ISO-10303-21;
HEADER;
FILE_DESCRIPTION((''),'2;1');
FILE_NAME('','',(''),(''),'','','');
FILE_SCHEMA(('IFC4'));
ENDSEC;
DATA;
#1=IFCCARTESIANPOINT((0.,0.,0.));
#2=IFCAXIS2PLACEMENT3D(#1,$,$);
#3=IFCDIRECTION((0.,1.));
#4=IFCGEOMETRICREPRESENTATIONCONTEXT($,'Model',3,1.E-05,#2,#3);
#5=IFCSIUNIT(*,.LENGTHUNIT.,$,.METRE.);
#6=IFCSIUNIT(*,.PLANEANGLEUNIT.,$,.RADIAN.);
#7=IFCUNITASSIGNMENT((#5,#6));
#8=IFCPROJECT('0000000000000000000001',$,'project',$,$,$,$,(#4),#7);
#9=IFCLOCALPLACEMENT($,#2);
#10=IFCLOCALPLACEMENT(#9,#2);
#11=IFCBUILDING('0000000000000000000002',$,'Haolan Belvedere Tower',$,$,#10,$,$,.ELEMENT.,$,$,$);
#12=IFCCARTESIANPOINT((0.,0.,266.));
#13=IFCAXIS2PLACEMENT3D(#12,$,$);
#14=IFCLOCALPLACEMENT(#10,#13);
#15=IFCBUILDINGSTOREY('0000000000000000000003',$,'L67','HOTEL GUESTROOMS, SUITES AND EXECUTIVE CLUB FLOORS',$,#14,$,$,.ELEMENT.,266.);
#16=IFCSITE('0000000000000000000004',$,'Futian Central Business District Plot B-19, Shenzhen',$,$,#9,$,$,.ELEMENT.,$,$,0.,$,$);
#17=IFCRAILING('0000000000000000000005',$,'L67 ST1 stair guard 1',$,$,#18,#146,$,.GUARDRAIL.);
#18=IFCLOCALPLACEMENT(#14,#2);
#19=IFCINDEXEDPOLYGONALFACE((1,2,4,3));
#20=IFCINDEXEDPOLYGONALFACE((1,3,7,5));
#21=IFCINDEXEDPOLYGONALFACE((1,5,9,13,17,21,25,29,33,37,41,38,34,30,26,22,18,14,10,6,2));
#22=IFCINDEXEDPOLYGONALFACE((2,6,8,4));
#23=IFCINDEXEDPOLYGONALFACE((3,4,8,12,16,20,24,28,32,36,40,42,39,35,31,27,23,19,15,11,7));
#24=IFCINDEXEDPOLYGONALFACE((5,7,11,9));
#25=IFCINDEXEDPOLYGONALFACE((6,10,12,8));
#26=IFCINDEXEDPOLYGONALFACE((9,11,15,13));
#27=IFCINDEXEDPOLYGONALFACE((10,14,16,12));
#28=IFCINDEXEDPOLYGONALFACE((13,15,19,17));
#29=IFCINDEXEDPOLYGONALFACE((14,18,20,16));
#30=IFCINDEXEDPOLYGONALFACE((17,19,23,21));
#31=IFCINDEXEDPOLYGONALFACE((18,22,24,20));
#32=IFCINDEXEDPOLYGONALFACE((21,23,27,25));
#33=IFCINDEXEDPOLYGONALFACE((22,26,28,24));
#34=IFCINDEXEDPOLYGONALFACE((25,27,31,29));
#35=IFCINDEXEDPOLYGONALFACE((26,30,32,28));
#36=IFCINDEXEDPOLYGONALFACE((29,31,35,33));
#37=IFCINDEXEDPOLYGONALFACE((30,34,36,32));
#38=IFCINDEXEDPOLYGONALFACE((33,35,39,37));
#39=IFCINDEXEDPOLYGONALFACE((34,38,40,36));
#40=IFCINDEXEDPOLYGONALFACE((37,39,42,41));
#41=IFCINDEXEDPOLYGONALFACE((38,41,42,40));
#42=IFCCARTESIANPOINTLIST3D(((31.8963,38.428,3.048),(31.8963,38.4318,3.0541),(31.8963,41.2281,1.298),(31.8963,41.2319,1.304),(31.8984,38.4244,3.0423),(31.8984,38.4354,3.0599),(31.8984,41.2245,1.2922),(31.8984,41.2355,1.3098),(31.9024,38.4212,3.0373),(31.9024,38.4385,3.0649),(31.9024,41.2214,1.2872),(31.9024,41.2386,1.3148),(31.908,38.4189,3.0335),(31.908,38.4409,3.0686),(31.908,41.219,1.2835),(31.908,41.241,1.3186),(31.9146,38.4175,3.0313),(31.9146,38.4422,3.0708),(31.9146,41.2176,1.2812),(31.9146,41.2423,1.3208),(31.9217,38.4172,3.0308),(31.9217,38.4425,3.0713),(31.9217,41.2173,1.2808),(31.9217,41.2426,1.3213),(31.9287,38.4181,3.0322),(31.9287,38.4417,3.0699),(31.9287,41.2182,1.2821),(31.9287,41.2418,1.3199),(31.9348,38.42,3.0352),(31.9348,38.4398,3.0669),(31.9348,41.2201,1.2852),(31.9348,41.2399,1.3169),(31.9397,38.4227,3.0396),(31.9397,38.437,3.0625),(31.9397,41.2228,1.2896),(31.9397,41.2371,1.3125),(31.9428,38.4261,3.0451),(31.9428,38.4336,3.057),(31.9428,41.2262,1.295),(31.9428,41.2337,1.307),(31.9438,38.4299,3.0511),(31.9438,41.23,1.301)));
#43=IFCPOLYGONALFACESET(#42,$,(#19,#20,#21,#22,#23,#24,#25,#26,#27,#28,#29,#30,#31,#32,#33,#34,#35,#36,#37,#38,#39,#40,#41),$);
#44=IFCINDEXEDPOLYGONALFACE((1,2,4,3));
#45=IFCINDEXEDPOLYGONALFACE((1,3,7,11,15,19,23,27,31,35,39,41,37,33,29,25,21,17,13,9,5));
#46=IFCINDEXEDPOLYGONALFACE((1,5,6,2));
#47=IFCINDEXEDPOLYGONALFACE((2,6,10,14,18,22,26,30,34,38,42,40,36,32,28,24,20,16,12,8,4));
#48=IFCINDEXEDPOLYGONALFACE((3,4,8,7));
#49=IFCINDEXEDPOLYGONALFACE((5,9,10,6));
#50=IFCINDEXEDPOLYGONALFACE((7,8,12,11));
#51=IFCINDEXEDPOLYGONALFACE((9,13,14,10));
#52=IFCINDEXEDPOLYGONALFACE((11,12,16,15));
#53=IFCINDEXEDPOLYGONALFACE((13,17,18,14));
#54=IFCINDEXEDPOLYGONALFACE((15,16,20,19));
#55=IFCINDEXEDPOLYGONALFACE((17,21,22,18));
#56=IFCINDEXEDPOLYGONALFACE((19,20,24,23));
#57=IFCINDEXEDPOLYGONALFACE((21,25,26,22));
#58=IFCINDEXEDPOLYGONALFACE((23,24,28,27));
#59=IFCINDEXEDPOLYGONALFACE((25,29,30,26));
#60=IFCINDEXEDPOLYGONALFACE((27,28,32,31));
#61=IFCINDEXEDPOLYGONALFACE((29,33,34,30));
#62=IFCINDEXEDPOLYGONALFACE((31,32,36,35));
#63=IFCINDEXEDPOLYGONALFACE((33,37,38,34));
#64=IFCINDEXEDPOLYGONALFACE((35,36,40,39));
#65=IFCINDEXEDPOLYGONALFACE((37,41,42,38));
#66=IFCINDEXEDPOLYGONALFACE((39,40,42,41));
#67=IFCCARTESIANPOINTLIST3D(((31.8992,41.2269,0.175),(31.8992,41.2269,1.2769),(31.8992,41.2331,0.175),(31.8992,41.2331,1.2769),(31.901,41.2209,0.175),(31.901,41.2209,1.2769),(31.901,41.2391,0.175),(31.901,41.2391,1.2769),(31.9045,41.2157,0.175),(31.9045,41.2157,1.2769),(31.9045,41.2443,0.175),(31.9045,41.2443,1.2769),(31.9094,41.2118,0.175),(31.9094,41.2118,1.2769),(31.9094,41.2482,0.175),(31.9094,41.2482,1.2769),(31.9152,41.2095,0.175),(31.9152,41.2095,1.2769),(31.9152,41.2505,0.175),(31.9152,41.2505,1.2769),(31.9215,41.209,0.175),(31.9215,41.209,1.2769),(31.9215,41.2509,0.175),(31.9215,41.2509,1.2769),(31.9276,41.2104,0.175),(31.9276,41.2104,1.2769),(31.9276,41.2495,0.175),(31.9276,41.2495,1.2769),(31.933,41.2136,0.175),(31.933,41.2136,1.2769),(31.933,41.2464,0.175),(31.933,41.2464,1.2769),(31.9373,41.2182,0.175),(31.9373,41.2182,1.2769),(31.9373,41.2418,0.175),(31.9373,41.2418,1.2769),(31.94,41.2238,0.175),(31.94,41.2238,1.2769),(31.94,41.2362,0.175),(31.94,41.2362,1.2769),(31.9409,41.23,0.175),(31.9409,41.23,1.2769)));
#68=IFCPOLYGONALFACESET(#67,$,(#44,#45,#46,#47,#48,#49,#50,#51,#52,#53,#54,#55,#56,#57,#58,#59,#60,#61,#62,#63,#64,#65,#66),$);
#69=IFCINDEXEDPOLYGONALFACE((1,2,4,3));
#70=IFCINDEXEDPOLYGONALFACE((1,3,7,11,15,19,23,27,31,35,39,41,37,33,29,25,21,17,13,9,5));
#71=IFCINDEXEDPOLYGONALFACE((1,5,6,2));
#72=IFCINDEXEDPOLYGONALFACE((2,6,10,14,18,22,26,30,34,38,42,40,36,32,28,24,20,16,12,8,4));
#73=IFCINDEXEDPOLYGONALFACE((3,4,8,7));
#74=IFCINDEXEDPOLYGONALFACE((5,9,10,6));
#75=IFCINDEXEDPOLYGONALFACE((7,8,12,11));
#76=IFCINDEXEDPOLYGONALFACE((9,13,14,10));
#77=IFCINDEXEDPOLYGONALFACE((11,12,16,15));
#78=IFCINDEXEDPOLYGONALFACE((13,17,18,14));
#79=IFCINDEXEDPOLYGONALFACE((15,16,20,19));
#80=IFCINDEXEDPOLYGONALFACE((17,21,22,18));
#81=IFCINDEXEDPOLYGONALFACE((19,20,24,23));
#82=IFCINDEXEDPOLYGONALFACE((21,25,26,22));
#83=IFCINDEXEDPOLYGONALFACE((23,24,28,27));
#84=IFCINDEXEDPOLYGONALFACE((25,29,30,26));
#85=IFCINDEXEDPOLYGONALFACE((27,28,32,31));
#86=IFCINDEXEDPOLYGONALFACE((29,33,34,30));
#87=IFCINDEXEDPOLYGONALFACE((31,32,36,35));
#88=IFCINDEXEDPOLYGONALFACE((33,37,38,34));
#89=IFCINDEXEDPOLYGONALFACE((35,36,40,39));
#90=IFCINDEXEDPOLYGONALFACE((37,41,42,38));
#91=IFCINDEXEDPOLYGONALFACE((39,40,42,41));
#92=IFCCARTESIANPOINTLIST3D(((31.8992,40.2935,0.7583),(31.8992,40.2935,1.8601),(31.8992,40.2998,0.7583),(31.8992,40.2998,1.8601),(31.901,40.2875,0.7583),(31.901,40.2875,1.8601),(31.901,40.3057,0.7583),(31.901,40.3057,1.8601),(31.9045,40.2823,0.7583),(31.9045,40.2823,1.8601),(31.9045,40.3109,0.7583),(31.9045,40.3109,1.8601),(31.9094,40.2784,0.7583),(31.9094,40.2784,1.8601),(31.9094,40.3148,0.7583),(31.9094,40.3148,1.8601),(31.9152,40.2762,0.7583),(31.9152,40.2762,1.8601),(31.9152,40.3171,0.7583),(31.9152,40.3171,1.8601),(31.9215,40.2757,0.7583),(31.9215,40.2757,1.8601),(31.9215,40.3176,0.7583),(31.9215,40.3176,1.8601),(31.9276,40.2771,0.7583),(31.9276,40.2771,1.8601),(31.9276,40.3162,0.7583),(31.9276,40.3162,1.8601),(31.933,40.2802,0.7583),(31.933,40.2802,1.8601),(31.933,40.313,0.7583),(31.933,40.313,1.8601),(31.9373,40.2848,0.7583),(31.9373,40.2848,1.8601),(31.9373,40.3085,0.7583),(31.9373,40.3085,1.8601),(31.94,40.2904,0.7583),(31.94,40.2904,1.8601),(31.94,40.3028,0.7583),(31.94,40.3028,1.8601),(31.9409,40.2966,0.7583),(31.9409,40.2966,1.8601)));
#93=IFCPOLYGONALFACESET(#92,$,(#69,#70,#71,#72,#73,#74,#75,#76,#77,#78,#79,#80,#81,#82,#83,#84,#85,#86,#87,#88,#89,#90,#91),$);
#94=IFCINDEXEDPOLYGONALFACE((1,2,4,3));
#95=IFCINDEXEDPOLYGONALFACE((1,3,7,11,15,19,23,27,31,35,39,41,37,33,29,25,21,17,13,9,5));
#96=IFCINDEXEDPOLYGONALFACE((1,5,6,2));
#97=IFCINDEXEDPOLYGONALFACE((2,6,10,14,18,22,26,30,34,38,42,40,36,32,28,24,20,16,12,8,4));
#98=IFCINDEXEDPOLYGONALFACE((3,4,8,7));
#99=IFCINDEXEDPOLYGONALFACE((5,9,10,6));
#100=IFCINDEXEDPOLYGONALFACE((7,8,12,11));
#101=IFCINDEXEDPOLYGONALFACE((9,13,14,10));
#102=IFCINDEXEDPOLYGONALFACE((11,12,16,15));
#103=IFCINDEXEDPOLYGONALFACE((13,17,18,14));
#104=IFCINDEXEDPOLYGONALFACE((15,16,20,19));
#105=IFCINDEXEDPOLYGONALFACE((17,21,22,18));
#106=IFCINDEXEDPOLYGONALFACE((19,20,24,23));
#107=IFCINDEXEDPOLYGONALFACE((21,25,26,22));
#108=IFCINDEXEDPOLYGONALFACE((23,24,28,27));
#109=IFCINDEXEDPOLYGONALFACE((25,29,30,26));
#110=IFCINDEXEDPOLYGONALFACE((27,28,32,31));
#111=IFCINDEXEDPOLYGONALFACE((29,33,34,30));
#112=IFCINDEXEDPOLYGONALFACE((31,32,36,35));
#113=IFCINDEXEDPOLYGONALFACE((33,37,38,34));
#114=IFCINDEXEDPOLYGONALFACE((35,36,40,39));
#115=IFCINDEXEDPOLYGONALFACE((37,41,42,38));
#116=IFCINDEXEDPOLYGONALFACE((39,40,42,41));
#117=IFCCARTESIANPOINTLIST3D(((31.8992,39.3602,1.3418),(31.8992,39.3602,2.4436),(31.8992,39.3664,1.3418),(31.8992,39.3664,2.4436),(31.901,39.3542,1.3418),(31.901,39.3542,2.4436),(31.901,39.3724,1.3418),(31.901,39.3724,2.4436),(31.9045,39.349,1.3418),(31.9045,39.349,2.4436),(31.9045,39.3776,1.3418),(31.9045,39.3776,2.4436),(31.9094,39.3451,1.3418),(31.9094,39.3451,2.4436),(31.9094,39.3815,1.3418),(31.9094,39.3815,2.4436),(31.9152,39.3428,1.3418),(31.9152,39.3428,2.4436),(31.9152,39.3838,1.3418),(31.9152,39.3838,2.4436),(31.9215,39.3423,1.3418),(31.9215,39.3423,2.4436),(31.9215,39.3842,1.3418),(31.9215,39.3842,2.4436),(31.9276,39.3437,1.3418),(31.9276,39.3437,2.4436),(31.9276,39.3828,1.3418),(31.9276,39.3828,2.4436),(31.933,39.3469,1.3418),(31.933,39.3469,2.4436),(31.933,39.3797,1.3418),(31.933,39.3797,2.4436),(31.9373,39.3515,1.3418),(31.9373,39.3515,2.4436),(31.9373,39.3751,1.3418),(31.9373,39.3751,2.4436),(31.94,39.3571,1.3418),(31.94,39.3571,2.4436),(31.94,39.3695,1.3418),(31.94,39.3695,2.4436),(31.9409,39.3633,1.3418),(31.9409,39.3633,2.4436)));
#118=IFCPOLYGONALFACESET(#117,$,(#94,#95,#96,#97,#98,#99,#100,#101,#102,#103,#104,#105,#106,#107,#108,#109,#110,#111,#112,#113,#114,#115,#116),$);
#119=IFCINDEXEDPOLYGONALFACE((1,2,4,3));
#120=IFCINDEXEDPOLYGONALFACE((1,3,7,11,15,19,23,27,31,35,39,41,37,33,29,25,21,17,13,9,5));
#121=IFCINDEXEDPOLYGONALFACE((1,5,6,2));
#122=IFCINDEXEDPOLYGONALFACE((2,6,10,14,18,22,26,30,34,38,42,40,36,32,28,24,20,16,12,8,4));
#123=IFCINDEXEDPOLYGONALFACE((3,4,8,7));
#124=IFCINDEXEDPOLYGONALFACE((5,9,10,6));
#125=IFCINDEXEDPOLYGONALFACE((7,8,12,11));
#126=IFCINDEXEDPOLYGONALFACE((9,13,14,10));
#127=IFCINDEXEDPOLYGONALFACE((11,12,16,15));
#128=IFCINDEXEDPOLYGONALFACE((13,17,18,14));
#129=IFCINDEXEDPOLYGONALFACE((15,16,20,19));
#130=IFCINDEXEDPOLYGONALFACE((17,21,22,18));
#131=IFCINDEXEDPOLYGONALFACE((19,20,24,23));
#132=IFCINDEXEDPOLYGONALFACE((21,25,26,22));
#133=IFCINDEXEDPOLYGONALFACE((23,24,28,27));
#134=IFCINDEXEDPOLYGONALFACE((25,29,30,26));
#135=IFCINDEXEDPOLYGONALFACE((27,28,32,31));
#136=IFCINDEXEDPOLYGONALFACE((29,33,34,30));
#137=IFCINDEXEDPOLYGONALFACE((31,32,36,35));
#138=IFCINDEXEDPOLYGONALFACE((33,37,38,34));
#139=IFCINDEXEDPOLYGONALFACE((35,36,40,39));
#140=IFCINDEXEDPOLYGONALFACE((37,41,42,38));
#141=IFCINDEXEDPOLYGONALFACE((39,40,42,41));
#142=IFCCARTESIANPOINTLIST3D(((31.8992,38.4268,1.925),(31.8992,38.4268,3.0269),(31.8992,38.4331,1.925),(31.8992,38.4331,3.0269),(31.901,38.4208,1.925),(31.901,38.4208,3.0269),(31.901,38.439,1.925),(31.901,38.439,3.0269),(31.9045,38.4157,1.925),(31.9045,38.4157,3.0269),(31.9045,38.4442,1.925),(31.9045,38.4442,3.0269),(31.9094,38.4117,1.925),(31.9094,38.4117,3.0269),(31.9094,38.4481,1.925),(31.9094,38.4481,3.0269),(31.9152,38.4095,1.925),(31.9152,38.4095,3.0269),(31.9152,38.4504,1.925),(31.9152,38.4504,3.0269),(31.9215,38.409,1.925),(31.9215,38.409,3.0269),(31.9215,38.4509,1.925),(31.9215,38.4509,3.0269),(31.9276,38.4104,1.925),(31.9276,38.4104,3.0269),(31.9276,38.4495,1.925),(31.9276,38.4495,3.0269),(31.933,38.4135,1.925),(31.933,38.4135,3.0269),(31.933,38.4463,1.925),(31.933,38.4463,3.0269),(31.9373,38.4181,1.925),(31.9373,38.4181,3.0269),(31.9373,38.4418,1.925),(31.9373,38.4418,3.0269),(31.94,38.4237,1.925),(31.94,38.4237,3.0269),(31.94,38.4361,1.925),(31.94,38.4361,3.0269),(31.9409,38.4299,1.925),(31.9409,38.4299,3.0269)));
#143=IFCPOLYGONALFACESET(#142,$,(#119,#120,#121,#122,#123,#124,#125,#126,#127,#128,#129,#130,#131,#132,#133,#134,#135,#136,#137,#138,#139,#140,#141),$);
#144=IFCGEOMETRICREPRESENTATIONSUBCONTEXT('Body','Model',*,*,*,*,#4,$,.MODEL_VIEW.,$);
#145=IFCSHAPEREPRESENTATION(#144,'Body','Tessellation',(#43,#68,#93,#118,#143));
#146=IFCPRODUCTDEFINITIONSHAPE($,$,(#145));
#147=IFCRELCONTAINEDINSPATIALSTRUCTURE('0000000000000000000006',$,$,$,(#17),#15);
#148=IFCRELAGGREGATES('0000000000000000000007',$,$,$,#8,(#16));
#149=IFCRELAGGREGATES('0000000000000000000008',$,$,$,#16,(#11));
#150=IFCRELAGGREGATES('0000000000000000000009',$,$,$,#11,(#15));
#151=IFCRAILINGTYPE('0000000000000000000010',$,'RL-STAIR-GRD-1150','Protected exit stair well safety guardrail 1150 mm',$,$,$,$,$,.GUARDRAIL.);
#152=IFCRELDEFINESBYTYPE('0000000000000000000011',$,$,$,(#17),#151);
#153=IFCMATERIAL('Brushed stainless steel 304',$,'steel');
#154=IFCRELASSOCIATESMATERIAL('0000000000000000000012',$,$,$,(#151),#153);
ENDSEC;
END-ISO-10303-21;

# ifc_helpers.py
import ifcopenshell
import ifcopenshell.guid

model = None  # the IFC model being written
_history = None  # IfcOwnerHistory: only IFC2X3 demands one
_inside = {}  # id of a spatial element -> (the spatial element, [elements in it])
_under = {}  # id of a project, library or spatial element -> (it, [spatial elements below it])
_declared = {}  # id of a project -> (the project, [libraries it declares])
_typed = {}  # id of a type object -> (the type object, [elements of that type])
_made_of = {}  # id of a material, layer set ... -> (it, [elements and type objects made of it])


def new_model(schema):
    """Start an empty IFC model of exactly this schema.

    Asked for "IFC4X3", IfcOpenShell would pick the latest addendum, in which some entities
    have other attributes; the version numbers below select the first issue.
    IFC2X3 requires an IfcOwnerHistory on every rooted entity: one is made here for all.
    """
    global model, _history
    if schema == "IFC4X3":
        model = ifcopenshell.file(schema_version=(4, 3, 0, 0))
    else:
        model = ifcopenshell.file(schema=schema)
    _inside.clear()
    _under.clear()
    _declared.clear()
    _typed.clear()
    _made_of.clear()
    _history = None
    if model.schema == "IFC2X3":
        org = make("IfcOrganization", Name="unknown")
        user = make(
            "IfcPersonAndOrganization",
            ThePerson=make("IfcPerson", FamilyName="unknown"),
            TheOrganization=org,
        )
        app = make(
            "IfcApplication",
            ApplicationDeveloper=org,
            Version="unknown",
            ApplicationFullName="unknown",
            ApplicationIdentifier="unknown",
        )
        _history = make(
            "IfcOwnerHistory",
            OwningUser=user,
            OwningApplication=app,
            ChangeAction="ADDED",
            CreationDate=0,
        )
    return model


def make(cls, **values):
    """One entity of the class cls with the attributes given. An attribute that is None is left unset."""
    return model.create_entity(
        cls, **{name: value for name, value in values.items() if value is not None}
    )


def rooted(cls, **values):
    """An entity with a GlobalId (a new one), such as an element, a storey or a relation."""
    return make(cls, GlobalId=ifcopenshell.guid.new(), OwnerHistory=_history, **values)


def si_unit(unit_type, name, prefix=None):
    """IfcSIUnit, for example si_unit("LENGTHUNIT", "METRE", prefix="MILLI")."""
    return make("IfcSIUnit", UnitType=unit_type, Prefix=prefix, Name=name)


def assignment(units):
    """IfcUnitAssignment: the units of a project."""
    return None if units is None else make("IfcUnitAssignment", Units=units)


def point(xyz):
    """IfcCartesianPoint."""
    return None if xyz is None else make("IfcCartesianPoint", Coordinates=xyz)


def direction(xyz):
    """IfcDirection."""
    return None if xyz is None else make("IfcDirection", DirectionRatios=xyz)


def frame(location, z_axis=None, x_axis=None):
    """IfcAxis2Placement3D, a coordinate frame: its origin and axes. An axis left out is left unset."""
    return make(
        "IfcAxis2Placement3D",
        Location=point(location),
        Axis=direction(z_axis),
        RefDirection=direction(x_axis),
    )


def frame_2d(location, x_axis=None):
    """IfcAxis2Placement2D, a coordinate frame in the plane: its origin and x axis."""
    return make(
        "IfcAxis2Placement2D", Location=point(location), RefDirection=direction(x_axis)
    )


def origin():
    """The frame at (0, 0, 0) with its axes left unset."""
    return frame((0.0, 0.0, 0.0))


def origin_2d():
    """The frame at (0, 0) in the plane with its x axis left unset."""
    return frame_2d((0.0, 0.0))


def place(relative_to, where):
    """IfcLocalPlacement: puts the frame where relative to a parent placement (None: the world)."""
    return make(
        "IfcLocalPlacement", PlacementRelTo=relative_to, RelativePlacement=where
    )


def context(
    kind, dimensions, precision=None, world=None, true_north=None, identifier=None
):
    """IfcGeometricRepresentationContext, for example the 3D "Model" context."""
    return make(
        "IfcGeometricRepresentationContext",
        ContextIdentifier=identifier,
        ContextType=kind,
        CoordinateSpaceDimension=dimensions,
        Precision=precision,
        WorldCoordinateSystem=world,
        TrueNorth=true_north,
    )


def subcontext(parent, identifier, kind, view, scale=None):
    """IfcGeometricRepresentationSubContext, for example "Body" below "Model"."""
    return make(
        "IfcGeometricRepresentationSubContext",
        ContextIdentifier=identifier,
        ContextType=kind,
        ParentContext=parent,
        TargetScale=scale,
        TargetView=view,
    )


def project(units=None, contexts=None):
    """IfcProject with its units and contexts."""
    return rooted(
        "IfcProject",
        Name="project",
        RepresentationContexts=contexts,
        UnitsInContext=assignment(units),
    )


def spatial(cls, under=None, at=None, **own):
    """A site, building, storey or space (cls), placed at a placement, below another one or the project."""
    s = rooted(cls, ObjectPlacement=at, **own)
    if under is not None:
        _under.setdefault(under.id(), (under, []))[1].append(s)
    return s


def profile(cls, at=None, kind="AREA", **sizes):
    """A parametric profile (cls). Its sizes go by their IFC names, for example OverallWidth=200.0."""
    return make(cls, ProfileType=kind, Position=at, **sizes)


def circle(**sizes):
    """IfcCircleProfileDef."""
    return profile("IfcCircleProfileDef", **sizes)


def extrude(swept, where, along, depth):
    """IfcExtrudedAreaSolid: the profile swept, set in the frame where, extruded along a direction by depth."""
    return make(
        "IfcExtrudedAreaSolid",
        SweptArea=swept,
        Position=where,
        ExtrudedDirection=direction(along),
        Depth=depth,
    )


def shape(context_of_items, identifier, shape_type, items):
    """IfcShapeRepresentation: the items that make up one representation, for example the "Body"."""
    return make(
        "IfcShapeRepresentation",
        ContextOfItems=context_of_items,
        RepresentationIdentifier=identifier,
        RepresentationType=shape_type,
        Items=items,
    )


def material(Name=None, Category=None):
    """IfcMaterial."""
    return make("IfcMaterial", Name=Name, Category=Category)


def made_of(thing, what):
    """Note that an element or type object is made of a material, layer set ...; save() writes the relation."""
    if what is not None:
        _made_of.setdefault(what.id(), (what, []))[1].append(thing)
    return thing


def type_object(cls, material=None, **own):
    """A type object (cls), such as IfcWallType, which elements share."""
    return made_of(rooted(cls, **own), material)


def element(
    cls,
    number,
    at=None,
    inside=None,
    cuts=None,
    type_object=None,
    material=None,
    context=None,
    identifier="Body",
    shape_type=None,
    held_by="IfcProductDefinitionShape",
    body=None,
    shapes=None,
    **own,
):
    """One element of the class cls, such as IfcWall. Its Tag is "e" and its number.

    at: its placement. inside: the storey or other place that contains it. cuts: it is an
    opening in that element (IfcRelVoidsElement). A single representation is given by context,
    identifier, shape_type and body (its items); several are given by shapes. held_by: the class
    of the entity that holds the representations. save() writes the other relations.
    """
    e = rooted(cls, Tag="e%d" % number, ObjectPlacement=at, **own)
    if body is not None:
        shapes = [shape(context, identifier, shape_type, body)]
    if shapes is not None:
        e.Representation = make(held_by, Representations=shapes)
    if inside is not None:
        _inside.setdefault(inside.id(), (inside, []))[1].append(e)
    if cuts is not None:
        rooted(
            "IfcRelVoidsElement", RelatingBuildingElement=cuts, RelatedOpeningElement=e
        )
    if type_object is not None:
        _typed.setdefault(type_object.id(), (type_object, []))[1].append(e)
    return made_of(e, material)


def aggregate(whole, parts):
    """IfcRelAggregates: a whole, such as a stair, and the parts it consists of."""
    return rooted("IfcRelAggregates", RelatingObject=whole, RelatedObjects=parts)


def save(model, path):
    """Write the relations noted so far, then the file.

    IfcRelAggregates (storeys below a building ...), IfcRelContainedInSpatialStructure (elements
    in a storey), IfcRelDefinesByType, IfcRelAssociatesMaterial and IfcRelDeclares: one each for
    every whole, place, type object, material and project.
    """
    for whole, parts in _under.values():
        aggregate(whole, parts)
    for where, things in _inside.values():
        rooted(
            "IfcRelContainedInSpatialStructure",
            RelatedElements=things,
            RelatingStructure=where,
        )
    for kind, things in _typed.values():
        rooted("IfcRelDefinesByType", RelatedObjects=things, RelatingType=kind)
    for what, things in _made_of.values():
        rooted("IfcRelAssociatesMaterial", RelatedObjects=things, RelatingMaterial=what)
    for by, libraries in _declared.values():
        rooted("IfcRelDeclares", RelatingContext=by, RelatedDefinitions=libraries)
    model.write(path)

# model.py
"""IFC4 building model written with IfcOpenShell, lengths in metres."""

from ifc_helpers import new_model, si_unit, direction, frame, origin, origin_2d, place, context, subcontext, project, spatial, circle, extrude, material, type_object, element, save


model = new_model("IFC4")

# Units and contexts
model_context = context("Model", 3, precision=1e-05, world=origin(), true_north=direction((0.0, 1.0)))
body_context = subcontext(model_context, "Body", "Model", "MODEL_VIEW")
ifc_project = project(units=[si_unit("LENGTHUNIT", "METRE"), si_unit("PLANEANGLEUNIT", "RADIAN")], contexts=[model_context])

# Site, building, storey
site_placement = place(None, origin())
site = spatial("IfcSite", under=ifc_project, at=site_placement, Name="Futian Central Business District Plot B-19, Shenzhen", CompositionType="ELEMENT", RefElevation=0.0)
building_placement = place(site_placement, origin())
building = spatial("IfcBuilding", under=site, at=building_placement, Name="Haolan Belvedere Tower", CompositionType="ELEMENT")
storey_placement = place(building_placement, frame((0.0, 0.0, 266.0)))
storey = spatial("IfcBuildingStorey", under=building, at=storey_placement, Name="L67", Description="HOTEL GUESTROOMS, SUITES AND EXECUTIVE CLUB FLOORS", CompositionType="ELEMENT", Elevation=266.0)

# Railing
ifc_material_1 = material(Name="Brushed stainless steel 304", Category="steel")
railing_type_1 = type_object("IfcRailingType", Name="RL-STAIR-GRD-1150", Description="Protected exit stair well safety guardrail 1150 mm", PredefinedType="GUARDRAIL", material=ifc_material_1)
railing_1_placement = place(storey_placement, frame((31.9199, 41.23, 0.175)))
element("IfcRailing", 1, at=railing_1_placement, inside=storey, type_object=railing_type_1, Name="L67 ST1 stair guard 1", PredefinedType="GUARDRAIL", context=body_context, shape_type="SweptSolid", body=[
    extrude(circle(Radius=0.0239, at=origin_2d()), frame((0.0, 0.0, 1.126), z_axis=(0.0, -0.848002, 0.529992), x_axis=(1.0, 0.0, 0.0)), (0.0, 0.0, 1.0), 3.302),
    extrude(circle(Radius=0.021, at=origin_2d()), origin(), (0.0, 0.0, 1.0), 1.1018),
    extrude(circle(Radius=0.021, at=origin_2d()), frame((0.0, -0.9333, 0.5833)), (0.0, 0.0, 1.0), 1.1018),
    extrude(circle(Radius=0.021, at=origin_2d()), frame((0.0, -1.8667, 1.1667)), (0.0, 0.0, 1.0), 1.1018),
    extrude(circle(Radius=0.021, at=origin_2d()), frame((0.0, -2.8, 1.75)), (0.0, 0.0, 1.0), 1.1018),
])

save(model, "model.ifc")
